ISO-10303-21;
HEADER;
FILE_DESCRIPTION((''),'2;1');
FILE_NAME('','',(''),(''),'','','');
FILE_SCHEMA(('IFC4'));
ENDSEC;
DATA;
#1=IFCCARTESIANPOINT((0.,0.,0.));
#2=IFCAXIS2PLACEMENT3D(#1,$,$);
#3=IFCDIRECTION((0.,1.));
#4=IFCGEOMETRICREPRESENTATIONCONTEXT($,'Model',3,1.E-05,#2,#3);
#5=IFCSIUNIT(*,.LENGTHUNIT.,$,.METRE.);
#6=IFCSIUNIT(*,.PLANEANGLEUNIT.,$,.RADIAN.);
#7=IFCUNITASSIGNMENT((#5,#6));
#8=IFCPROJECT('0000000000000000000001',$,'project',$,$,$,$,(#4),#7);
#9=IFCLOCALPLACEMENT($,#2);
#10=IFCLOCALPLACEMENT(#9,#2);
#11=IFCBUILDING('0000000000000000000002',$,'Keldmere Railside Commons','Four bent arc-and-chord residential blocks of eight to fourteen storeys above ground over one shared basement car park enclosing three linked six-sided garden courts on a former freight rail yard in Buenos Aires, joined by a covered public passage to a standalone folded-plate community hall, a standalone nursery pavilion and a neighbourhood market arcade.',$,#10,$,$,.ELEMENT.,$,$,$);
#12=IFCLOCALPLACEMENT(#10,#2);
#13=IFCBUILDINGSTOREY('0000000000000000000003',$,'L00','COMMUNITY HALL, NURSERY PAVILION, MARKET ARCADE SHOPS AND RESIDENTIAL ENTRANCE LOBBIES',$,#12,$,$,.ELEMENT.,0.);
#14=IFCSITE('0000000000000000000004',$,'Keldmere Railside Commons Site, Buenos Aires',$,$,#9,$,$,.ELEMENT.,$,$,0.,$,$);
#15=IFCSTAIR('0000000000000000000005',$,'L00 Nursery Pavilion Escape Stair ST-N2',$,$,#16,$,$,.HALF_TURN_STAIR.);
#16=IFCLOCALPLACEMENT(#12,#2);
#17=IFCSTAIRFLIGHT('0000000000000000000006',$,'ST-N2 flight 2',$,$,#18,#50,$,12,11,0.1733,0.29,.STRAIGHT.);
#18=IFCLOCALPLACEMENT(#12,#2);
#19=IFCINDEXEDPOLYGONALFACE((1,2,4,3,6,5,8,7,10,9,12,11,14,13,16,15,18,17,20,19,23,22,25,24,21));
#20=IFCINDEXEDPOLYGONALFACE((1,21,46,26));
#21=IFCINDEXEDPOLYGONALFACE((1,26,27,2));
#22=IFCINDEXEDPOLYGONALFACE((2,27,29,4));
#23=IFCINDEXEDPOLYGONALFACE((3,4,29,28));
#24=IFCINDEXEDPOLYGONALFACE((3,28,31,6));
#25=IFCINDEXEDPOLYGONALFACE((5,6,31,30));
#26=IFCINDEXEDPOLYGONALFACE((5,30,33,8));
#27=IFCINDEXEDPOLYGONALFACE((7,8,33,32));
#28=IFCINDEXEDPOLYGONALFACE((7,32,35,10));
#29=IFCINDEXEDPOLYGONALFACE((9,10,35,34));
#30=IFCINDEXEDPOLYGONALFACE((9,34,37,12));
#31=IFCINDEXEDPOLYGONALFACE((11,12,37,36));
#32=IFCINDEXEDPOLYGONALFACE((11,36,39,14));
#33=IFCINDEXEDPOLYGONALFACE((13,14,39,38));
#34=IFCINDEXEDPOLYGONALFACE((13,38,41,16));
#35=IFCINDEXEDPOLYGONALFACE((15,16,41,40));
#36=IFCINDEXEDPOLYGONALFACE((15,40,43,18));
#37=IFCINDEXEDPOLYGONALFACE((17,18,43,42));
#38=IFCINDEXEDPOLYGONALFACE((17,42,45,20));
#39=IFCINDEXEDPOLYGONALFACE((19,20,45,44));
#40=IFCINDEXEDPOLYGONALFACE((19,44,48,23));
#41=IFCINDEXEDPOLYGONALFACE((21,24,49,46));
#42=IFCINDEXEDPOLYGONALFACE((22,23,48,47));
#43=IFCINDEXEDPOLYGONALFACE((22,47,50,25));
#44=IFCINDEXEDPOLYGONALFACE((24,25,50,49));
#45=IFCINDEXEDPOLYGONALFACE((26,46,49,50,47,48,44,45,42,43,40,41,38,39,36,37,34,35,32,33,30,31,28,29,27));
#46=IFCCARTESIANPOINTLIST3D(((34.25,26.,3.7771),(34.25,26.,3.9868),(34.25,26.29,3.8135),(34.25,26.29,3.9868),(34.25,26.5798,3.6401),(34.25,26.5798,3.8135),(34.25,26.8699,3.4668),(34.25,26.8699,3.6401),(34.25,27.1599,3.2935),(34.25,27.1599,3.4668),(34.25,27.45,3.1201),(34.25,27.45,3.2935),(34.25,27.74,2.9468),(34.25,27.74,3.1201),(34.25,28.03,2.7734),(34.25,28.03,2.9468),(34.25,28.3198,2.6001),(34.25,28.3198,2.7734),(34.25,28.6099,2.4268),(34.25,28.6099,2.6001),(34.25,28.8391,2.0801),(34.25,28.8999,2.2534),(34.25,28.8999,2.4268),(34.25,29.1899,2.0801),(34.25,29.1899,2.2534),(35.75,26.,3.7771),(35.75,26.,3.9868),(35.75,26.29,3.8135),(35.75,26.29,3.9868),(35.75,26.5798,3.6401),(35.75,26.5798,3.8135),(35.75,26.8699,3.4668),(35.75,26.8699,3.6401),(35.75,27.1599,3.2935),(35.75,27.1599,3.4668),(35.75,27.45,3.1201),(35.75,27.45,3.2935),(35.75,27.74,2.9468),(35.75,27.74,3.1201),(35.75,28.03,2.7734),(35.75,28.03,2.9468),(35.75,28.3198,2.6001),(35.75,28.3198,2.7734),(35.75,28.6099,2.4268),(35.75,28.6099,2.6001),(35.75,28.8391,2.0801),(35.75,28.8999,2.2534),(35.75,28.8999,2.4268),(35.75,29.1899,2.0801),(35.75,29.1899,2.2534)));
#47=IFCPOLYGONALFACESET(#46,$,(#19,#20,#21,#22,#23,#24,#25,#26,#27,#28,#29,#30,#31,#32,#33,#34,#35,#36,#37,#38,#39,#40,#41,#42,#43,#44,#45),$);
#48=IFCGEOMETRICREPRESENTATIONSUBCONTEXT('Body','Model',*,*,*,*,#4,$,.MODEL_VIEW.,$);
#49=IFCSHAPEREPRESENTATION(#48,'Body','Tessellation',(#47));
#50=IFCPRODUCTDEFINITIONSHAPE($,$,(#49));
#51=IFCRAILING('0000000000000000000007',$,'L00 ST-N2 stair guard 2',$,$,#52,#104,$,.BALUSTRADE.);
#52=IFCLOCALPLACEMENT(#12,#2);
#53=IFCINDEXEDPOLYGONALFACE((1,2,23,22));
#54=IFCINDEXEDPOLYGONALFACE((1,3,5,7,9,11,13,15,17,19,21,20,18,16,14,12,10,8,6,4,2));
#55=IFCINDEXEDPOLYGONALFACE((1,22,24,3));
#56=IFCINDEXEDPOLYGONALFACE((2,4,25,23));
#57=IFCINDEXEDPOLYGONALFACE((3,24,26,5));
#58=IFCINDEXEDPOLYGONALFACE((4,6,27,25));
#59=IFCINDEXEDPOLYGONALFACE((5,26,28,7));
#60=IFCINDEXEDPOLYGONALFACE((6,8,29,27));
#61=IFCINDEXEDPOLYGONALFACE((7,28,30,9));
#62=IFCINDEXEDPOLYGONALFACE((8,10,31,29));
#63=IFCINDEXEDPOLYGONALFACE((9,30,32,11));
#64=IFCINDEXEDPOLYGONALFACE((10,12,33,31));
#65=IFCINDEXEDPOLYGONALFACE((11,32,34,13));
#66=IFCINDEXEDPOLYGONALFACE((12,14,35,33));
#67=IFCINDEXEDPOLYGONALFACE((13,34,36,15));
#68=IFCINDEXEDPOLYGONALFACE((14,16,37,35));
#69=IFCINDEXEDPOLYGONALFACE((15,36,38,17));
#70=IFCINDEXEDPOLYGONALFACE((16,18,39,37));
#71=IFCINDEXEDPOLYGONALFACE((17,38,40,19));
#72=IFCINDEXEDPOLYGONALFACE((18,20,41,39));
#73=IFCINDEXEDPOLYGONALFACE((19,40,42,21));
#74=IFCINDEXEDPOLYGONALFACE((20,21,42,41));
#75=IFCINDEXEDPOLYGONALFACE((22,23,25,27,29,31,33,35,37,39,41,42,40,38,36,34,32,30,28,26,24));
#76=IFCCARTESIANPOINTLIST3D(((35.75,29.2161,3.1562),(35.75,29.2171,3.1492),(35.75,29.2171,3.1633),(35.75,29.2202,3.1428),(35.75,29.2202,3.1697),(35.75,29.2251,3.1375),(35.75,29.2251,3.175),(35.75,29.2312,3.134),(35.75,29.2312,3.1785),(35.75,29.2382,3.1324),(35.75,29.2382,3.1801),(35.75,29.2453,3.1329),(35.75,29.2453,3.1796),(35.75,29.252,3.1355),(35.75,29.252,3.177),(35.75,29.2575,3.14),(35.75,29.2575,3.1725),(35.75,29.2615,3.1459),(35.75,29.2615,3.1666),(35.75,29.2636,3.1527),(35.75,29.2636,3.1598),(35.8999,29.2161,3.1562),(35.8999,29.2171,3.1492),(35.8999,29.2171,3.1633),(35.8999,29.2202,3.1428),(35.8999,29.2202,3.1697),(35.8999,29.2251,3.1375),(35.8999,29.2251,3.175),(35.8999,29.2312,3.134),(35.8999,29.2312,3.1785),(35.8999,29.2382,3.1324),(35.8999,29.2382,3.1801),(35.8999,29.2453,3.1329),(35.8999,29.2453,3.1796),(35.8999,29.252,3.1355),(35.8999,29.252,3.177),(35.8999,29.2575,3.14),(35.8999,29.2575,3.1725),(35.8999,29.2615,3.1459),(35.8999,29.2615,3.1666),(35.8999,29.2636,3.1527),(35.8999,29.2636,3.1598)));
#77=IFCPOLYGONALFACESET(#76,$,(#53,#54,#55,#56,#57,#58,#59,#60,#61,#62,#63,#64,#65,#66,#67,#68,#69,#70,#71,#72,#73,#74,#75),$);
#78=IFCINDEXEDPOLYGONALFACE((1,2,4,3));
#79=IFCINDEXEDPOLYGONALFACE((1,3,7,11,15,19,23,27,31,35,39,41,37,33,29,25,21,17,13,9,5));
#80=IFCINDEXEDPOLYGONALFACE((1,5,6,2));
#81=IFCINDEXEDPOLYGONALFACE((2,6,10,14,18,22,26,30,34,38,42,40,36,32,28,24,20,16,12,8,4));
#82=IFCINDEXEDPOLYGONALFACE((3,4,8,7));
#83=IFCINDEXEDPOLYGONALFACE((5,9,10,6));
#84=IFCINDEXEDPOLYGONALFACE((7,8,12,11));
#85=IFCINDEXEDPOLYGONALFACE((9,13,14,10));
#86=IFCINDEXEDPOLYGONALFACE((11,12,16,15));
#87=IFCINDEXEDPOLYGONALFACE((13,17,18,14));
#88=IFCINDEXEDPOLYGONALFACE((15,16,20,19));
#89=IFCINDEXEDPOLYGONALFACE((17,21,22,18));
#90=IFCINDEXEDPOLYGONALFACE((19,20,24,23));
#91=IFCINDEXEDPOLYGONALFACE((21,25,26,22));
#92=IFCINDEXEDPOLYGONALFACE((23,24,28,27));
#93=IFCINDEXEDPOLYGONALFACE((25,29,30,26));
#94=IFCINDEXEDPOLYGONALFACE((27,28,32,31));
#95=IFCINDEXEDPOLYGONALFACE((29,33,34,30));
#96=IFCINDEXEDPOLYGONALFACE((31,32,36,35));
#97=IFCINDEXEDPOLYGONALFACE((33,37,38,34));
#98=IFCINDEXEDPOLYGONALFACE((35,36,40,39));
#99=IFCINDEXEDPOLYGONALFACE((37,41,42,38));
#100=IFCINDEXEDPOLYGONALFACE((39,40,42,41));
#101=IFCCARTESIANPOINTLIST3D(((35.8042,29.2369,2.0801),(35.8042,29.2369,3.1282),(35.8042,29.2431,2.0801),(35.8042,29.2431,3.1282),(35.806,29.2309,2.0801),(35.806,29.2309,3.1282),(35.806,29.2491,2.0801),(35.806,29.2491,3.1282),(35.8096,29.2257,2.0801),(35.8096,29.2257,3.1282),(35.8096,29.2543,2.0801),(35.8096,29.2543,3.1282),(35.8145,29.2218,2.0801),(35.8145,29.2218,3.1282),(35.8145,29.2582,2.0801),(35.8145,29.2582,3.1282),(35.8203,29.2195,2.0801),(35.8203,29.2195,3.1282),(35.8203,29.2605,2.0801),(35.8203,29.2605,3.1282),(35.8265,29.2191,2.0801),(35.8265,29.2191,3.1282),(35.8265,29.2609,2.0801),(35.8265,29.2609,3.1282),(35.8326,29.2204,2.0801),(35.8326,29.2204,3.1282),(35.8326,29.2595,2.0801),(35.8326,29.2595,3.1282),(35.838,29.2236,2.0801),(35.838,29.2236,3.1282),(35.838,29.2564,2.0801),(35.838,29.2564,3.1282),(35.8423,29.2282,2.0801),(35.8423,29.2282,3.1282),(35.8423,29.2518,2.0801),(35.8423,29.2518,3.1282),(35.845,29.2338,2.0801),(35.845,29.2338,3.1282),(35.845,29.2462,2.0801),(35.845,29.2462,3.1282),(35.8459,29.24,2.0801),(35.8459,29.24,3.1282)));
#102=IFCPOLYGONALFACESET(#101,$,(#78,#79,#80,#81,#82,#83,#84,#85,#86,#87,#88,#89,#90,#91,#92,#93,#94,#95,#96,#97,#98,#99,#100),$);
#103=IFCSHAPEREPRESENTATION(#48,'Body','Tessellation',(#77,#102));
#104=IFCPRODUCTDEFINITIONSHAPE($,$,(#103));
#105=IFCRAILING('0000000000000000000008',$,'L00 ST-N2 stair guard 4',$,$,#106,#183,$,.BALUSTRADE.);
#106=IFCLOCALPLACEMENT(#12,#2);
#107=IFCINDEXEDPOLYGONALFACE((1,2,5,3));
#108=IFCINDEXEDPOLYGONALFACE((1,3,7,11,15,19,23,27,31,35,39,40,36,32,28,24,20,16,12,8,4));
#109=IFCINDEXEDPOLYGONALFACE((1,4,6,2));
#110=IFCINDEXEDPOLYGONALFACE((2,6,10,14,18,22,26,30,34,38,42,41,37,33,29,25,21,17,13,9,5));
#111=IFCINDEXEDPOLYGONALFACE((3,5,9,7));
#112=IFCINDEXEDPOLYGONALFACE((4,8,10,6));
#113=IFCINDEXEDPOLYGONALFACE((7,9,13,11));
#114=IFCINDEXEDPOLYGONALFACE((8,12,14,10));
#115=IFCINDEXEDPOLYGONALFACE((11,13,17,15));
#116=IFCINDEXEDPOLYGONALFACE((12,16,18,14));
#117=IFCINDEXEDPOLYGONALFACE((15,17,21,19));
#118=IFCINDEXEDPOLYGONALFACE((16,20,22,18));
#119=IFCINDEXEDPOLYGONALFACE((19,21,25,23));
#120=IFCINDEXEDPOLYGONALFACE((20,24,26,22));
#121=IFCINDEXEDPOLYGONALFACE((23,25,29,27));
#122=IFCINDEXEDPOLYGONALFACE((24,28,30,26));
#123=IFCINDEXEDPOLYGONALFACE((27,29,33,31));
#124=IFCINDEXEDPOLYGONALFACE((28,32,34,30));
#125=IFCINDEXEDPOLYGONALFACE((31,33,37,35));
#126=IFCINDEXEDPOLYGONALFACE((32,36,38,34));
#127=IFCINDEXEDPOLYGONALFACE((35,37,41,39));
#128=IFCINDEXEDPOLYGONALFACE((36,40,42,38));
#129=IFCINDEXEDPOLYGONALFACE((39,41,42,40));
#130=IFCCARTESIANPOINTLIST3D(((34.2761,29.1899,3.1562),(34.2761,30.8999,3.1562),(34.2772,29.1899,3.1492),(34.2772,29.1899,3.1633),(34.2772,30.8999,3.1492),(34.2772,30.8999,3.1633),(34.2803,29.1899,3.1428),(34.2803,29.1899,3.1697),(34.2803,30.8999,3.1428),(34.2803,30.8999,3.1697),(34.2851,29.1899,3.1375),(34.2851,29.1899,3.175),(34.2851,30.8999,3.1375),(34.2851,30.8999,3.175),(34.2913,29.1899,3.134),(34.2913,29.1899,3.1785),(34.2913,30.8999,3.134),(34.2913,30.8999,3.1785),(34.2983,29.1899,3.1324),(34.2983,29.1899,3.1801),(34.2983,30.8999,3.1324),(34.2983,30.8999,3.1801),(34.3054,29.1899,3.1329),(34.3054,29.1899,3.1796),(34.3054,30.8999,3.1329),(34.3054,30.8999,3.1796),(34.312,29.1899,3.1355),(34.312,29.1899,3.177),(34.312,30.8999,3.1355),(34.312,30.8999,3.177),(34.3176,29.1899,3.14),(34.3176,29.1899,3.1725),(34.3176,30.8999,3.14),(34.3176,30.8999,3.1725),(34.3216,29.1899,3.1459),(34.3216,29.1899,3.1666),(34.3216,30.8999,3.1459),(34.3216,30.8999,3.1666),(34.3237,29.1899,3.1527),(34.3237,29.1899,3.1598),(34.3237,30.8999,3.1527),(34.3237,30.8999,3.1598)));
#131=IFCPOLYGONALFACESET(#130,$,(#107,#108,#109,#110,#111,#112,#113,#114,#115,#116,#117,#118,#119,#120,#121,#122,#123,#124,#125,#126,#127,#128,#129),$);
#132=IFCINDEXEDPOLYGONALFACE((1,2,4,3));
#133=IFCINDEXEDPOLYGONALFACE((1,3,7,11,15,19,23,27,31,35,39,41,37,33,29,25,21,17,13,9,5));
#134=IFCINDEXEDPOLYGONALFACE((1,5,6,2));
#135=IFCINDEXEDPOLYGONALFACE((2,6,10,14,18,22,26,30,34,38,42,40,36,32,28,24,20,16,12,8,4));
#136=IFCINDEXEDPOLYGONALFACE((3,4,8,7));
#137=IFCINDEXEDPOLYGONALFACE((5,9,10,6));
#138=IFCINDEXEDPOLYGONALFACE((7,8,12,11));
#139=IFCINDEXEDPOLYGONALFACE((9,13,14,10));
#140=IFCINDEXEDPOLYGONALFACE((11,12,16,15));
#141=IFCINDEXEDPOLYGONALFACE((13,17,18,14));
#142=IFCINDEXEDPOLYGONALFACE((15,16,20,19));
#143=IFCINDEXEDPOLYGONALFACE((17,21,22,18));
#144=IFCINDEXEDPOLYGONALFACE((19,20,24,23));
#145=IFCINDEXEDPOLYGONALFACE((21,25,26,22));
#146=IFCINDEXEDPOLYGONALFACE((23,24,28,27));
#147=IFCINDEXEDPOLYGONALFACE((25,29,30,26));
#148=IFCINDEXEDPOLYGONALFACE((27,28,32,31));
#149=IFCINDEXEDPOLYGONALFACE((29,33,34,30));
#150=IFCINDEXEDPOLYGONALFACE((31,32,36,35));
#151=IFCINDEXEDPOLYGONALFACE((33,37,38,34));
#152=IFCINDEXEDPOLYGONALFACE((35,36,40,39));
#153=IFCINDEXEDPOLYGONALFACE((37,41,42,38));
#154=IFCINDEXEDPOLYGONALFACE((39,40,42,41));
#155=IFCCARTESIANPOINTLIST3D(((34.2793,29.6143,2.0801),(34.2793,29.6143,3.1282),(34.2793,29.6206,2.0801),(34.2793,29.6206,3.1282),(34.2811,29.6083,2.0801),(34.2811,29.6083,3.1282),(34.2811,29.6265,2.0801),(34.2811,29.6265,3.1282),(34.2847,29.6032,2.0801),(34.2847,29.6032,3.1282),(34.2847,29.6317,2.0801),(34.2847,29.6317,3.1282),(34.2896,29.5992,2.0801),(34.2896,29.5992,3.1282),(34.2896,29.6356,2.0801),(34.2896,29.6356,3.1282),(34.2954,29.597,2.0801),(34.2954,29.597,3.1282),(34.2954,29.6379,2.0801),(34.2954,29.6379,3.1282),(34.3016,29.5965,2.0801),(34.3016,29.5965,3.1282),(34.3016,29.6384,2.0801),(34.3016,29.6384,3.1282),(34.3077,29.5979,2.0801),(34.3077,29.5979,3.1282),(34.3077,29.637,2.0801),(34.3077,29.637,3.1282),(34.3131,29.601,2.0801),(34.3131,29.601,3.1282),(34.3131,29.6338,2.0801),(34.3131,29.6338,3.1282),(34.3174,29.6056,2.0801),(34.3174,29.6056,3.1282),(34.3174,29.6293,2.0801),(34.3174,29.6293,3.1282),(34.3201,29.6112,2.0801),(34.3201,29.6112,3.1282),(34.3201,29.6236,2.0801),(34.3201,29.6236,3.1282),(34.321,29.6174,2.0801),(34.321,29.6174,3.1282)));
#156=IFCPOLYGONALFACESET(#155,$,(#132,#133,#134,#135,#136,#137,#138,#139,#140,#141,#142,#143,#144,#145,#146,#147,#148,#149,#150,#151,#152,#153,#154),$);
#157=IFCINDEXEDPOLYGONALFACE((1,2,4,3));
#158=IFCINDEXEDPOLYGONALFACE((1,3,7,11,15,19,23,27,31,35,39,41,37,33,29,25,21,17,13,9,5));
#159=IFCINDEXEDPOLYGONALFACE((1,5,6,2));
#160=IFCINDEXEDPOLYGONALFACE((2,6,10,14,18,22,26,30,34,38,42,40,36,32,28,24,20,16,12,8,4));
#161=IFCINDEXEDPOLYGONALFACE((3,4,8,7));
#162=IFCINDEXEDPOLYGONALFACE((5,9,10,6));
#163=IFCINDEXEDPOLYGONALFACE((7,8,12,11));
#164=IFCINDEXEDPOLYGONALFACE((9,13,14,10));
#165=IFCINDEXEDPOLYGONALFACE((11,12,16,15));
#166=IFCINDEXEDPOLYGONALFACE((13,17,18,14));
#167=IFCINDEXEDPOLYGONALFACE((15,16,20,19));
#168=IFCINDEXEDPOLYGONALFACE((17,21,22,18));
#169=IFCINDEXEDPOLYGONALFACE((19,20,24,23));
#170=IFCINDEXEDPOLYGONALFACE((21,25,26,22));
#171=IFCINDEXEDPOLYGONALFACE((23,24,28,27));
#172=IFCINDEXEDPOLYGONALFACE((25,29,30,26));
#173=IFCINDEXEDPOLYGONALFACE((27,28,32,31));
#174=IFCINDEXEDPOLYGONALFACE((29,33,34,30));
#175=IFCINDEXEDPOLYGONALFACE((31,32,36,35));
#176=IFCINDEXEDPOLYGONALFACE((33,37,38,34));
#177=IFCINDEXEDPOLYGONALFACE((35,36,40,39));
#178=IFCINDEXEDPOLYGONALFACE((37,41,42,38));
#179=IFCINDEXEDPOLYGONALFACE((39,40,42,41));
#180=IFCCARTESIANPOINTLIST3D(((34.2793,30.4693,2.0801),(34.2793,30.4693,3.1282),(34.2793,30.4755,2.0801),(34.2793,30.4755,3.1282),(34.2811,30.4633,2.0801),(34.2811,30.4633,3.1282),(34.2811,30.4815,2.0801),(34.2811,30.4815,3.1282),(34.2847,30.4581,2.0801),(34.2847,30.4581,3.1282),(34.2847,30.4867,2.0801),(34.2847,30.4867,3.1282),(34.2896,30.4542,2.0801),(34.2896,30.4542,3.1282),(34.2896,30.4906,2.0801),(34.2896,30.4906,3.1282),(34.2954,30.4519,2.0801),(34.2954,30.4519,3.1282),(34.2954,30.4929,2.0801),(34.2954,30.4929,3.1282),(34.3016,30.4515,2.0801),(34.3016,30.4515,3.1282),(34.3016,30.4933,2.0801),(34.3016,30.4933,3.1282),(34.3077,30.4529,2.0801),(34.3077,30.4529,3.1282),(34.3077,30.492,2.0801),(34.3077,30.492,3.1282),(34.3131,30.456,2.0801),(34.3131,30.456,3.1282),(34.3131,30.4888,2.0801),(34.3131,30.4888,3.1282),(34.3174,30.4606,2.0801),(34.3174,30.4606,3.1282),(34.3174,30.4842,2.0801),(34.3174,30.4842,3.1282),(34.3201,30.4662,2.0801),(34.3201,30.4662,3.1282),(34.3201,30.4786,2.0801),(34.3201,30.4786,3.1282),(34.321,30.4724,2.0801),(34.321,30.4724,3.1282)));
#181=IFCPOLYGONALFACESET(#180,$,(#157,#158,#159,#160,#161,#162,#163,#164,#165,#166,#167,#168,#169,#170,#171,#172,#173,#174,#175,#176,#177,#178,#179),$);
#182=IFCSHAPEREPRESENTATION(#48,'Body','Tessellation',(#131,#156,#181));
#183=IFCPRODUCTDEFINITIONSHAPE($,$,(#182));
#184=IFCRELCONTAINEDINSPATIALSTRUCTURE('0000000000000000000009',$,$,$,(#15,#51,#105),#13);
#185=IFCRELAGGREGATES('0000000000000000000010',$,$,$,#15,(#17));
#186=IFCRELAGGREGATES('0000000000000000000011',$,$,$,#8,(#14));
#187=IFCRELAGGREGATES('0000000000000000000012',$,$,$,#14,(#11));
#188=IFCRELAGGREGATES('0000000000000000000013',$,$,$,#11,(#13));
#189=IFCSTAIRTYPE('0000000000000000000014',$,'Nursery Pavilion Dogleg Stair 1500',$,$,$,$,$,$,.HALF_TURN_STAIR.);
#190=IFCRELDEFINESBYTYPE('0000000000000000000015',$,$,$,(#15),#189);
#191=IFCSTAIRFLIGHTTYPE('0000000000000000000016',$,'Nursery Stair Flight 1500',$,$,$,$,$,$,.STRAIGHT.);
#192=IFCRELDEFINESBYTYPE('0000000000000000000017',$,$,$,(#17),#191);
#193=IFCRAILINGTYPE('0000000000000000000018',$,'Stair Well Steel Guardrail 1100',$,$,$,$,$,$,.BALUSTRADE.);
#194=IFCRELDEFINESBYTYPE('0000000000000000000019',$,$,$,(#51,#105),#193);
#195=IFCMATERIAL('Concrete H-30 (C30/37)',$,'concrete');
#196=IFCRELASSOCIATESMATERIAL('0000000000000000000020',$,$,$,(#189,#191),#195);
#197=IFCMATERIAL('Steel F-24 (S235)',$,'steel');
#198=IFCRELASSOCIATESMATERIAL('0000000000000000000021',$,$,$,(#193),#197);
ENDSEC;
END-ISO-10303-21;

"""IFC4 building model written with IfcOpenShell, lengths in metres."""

from ifc_helpers import new_model, si_unit, direction, frame, origin, origin_2d, place, context, subcontext, project, spatial, polyline, circle, outline, extrude, material, type_object, element, aggregate, save


model = new_model("IFC4")

# Units and contexts
model_context = context("Model", 3, precision=1e-05, world=origin(), true_north=direction((0.0, 1.0)))
body_context = subcontext(model_context, "Body", "Model", "MODEL_VIEW")
ifc_project = project(units=[si_unit("LENGTHUNIT", "METRE"), si_unit("PLANEANGLEUNIT", "RADIAN")], contexts=[model_context])

# Site, building, storey
site_placement = place(None, origin())
site = spatial("IfcSite", under=ifc_project, at=site_placement, Name="Keldmere Railside Commons Site, Buenos Aires", CompositionType="ELEMENT", RefElevation=0.0)
building_placement = place(site_placement, origin())
building = spatial("IfcBuilding", under=site, at=building_placement, Name="Keldmere Railside Commons", Description="Four bent arc-and-chord residential blocks of eight to fourteen storeys above ground over one shared basement car park enclosing three linked six-sided garden courts on a former freight rail yard in Buenos Aires, joined by a covered public passage to a standalone folded-plate community hall, a standalone nursery pavilion and a neighbourhood market arcade.", CompositionType="ELEMENT")
storey_placement = place(building_placement, origin())
storey = spatial("IfcBuildingStorey", under=building, at=storey_placement, Name="L00", Description="COMMUNITY HALL, NURSERY PAVILION, MARKET ARCADE SHOPS AND RESIDENTIAL ENTRANCE LOBBIES", CompositionType="ELEMENT", Elevation=0.0)

# Shared definitions
ifc_material_1 = material(Name="Concrete H-30 (C30/37)", Category="concrete")

# Shared definitions
ifc_material_2 = material(Name="Steel F-24 (S235)", Category="steel")

# Stair, stair flight
stair_type = type_object("IfcStairType", Name="Nursery Pavilion Dogleg Stair 1500", PredefinedType="HALF_TURN_STAIR", material=ifc_material_1)
stair_placement = place(storey_placement, origin())
stair = element("IfcStair", 1, at=stair_placement, inside=storey, type_object=stair_type, Name="L00 Nursery Pavilion Escape Stair ST-N2", PredefinedType="HALF_TURN_STAIR")
stair_flight_type = type_object("IfcStairFlightType", Name="Nursery Stair Flight 1500", PredefinedType="STRAIGHT", material=ifc_material_1)
stair_flight_1_placement = place(storey_placement, frame((35.0, 29.1899, 2.0801), z_axis=(0.0, 0.0, 1.0), x_axis=(0.0, -1.0, 0.0)))
stair_flight_1 = element("IfcStairFlight", 2, at=stair_flight_1_placement, type_object=stair_flight_type, Name="ST-N2 flight 2", NumberOfRisers=12, NumberOfTreads=11, PredefinedType="STRAIGHT", RiserHeight=0.1733, TreadLength=0.29, context=body_context, shape_type="SweptSolid", body=[
    extrude(outline(polyline([(0.0, 0.0), (0.0, 0.1733), (0.29, 0.1733), (0.29, 0.3467), (0.5801, 0.3467), (0.5801, 0.52), (0.8701, 0.52), (0.8701, 0.6934), (1.1599, 0.6934), (1.1599, 0.8667), (1.45, 0.8667), (1.45, 1.04), (1.74, 1.04), (1.74, 1.2134), (2.03, 1.2134), (2.03, 1.3867), (2.3201, 1.3867), (2.3201, 1.5601), (2.6101, 1.5601), (2.6101, 1.7334), (2.8999, 1.7334), (2.8999, 1.9067), (3.1899, 1.9067), (3.1899, 2.0801), (3.1899, 1.697), (0.3508, 0.0), (0.0, 0.0)])), frame((0.0, 0.75, 0.0), z_axis=(0.0, -1.0, 0.0), x_axis=(1.0, 0.0, 0.0)), (0.0, 0.0, 1.0), 1.5),
])
aggregate(stair, [stair_flight_1])

# Railings
railing_type_1 = type_object("IfcRailingType", Name="Stair Well Steel Guardrail 1100", PredefinedType="BALUSTRADE", material=ifc_material_2)
railing_1_placement = place(storey_placement, frame((35.8999, 29.24, 2.0801)))
element("IfcRailing", 3, at=railing_1_placement, inside=storey, type_object=railing_type_1, Name="L00 ST-N2 stair guard 2", PredefinedType="BALUSTRADE", context=body_context, shape_type="SweptSolid", body=[
    extrude(circle(Radius=0.0239, at=origin_2d()), frame((0.0, 0.0, 1.0762), z_axis=(-1.0, 0.0, 0.0), x_axis=(0.0, -1.0, 0.0)), (0.0, 0.0, 1.0), 0.1499),
    extrude(circle(Radius=0.021, at=origin_2d()), frame((-0.075, 0.0, 0.0)), (0.0, 0.0, 1.0), 1.0481),
])
railing_2_placement = place(storey_placement, frame((34.3, 29.1899, 2.0801)))
element("IfcRailing", 4, at=railing_2_placement, inside=storey, type_object=railing_type_1, Name="L00 ST-N2 stair guard 4", PredefinedType="BALUSTRADE", context=body_context, shape_type="SweptSolid", body=[
    extrude(circle(Radius=0.0239, at=origin_2d()), frame((0.0, 0.0, 1.0762), z_axis=(0.0, 1.0, 0.0), x_axis=(-1.0, 0.0, 0.0)), (0.0, 0.0, 1.0), 1.71),
    extrude(circle(Radius=0.021, at=origin_2d()), frame((0.0, 0.4275, 0.0)), (0.0, 0.0, 1.0), 1.0481),
    extrude(circle(Radius=0.021, at=origin_2d()), frame((0.0, 1.2825, 0.0)), (0.0, 0.0, 1.0), 1.0481),
])

save(model, "model.ifc")
